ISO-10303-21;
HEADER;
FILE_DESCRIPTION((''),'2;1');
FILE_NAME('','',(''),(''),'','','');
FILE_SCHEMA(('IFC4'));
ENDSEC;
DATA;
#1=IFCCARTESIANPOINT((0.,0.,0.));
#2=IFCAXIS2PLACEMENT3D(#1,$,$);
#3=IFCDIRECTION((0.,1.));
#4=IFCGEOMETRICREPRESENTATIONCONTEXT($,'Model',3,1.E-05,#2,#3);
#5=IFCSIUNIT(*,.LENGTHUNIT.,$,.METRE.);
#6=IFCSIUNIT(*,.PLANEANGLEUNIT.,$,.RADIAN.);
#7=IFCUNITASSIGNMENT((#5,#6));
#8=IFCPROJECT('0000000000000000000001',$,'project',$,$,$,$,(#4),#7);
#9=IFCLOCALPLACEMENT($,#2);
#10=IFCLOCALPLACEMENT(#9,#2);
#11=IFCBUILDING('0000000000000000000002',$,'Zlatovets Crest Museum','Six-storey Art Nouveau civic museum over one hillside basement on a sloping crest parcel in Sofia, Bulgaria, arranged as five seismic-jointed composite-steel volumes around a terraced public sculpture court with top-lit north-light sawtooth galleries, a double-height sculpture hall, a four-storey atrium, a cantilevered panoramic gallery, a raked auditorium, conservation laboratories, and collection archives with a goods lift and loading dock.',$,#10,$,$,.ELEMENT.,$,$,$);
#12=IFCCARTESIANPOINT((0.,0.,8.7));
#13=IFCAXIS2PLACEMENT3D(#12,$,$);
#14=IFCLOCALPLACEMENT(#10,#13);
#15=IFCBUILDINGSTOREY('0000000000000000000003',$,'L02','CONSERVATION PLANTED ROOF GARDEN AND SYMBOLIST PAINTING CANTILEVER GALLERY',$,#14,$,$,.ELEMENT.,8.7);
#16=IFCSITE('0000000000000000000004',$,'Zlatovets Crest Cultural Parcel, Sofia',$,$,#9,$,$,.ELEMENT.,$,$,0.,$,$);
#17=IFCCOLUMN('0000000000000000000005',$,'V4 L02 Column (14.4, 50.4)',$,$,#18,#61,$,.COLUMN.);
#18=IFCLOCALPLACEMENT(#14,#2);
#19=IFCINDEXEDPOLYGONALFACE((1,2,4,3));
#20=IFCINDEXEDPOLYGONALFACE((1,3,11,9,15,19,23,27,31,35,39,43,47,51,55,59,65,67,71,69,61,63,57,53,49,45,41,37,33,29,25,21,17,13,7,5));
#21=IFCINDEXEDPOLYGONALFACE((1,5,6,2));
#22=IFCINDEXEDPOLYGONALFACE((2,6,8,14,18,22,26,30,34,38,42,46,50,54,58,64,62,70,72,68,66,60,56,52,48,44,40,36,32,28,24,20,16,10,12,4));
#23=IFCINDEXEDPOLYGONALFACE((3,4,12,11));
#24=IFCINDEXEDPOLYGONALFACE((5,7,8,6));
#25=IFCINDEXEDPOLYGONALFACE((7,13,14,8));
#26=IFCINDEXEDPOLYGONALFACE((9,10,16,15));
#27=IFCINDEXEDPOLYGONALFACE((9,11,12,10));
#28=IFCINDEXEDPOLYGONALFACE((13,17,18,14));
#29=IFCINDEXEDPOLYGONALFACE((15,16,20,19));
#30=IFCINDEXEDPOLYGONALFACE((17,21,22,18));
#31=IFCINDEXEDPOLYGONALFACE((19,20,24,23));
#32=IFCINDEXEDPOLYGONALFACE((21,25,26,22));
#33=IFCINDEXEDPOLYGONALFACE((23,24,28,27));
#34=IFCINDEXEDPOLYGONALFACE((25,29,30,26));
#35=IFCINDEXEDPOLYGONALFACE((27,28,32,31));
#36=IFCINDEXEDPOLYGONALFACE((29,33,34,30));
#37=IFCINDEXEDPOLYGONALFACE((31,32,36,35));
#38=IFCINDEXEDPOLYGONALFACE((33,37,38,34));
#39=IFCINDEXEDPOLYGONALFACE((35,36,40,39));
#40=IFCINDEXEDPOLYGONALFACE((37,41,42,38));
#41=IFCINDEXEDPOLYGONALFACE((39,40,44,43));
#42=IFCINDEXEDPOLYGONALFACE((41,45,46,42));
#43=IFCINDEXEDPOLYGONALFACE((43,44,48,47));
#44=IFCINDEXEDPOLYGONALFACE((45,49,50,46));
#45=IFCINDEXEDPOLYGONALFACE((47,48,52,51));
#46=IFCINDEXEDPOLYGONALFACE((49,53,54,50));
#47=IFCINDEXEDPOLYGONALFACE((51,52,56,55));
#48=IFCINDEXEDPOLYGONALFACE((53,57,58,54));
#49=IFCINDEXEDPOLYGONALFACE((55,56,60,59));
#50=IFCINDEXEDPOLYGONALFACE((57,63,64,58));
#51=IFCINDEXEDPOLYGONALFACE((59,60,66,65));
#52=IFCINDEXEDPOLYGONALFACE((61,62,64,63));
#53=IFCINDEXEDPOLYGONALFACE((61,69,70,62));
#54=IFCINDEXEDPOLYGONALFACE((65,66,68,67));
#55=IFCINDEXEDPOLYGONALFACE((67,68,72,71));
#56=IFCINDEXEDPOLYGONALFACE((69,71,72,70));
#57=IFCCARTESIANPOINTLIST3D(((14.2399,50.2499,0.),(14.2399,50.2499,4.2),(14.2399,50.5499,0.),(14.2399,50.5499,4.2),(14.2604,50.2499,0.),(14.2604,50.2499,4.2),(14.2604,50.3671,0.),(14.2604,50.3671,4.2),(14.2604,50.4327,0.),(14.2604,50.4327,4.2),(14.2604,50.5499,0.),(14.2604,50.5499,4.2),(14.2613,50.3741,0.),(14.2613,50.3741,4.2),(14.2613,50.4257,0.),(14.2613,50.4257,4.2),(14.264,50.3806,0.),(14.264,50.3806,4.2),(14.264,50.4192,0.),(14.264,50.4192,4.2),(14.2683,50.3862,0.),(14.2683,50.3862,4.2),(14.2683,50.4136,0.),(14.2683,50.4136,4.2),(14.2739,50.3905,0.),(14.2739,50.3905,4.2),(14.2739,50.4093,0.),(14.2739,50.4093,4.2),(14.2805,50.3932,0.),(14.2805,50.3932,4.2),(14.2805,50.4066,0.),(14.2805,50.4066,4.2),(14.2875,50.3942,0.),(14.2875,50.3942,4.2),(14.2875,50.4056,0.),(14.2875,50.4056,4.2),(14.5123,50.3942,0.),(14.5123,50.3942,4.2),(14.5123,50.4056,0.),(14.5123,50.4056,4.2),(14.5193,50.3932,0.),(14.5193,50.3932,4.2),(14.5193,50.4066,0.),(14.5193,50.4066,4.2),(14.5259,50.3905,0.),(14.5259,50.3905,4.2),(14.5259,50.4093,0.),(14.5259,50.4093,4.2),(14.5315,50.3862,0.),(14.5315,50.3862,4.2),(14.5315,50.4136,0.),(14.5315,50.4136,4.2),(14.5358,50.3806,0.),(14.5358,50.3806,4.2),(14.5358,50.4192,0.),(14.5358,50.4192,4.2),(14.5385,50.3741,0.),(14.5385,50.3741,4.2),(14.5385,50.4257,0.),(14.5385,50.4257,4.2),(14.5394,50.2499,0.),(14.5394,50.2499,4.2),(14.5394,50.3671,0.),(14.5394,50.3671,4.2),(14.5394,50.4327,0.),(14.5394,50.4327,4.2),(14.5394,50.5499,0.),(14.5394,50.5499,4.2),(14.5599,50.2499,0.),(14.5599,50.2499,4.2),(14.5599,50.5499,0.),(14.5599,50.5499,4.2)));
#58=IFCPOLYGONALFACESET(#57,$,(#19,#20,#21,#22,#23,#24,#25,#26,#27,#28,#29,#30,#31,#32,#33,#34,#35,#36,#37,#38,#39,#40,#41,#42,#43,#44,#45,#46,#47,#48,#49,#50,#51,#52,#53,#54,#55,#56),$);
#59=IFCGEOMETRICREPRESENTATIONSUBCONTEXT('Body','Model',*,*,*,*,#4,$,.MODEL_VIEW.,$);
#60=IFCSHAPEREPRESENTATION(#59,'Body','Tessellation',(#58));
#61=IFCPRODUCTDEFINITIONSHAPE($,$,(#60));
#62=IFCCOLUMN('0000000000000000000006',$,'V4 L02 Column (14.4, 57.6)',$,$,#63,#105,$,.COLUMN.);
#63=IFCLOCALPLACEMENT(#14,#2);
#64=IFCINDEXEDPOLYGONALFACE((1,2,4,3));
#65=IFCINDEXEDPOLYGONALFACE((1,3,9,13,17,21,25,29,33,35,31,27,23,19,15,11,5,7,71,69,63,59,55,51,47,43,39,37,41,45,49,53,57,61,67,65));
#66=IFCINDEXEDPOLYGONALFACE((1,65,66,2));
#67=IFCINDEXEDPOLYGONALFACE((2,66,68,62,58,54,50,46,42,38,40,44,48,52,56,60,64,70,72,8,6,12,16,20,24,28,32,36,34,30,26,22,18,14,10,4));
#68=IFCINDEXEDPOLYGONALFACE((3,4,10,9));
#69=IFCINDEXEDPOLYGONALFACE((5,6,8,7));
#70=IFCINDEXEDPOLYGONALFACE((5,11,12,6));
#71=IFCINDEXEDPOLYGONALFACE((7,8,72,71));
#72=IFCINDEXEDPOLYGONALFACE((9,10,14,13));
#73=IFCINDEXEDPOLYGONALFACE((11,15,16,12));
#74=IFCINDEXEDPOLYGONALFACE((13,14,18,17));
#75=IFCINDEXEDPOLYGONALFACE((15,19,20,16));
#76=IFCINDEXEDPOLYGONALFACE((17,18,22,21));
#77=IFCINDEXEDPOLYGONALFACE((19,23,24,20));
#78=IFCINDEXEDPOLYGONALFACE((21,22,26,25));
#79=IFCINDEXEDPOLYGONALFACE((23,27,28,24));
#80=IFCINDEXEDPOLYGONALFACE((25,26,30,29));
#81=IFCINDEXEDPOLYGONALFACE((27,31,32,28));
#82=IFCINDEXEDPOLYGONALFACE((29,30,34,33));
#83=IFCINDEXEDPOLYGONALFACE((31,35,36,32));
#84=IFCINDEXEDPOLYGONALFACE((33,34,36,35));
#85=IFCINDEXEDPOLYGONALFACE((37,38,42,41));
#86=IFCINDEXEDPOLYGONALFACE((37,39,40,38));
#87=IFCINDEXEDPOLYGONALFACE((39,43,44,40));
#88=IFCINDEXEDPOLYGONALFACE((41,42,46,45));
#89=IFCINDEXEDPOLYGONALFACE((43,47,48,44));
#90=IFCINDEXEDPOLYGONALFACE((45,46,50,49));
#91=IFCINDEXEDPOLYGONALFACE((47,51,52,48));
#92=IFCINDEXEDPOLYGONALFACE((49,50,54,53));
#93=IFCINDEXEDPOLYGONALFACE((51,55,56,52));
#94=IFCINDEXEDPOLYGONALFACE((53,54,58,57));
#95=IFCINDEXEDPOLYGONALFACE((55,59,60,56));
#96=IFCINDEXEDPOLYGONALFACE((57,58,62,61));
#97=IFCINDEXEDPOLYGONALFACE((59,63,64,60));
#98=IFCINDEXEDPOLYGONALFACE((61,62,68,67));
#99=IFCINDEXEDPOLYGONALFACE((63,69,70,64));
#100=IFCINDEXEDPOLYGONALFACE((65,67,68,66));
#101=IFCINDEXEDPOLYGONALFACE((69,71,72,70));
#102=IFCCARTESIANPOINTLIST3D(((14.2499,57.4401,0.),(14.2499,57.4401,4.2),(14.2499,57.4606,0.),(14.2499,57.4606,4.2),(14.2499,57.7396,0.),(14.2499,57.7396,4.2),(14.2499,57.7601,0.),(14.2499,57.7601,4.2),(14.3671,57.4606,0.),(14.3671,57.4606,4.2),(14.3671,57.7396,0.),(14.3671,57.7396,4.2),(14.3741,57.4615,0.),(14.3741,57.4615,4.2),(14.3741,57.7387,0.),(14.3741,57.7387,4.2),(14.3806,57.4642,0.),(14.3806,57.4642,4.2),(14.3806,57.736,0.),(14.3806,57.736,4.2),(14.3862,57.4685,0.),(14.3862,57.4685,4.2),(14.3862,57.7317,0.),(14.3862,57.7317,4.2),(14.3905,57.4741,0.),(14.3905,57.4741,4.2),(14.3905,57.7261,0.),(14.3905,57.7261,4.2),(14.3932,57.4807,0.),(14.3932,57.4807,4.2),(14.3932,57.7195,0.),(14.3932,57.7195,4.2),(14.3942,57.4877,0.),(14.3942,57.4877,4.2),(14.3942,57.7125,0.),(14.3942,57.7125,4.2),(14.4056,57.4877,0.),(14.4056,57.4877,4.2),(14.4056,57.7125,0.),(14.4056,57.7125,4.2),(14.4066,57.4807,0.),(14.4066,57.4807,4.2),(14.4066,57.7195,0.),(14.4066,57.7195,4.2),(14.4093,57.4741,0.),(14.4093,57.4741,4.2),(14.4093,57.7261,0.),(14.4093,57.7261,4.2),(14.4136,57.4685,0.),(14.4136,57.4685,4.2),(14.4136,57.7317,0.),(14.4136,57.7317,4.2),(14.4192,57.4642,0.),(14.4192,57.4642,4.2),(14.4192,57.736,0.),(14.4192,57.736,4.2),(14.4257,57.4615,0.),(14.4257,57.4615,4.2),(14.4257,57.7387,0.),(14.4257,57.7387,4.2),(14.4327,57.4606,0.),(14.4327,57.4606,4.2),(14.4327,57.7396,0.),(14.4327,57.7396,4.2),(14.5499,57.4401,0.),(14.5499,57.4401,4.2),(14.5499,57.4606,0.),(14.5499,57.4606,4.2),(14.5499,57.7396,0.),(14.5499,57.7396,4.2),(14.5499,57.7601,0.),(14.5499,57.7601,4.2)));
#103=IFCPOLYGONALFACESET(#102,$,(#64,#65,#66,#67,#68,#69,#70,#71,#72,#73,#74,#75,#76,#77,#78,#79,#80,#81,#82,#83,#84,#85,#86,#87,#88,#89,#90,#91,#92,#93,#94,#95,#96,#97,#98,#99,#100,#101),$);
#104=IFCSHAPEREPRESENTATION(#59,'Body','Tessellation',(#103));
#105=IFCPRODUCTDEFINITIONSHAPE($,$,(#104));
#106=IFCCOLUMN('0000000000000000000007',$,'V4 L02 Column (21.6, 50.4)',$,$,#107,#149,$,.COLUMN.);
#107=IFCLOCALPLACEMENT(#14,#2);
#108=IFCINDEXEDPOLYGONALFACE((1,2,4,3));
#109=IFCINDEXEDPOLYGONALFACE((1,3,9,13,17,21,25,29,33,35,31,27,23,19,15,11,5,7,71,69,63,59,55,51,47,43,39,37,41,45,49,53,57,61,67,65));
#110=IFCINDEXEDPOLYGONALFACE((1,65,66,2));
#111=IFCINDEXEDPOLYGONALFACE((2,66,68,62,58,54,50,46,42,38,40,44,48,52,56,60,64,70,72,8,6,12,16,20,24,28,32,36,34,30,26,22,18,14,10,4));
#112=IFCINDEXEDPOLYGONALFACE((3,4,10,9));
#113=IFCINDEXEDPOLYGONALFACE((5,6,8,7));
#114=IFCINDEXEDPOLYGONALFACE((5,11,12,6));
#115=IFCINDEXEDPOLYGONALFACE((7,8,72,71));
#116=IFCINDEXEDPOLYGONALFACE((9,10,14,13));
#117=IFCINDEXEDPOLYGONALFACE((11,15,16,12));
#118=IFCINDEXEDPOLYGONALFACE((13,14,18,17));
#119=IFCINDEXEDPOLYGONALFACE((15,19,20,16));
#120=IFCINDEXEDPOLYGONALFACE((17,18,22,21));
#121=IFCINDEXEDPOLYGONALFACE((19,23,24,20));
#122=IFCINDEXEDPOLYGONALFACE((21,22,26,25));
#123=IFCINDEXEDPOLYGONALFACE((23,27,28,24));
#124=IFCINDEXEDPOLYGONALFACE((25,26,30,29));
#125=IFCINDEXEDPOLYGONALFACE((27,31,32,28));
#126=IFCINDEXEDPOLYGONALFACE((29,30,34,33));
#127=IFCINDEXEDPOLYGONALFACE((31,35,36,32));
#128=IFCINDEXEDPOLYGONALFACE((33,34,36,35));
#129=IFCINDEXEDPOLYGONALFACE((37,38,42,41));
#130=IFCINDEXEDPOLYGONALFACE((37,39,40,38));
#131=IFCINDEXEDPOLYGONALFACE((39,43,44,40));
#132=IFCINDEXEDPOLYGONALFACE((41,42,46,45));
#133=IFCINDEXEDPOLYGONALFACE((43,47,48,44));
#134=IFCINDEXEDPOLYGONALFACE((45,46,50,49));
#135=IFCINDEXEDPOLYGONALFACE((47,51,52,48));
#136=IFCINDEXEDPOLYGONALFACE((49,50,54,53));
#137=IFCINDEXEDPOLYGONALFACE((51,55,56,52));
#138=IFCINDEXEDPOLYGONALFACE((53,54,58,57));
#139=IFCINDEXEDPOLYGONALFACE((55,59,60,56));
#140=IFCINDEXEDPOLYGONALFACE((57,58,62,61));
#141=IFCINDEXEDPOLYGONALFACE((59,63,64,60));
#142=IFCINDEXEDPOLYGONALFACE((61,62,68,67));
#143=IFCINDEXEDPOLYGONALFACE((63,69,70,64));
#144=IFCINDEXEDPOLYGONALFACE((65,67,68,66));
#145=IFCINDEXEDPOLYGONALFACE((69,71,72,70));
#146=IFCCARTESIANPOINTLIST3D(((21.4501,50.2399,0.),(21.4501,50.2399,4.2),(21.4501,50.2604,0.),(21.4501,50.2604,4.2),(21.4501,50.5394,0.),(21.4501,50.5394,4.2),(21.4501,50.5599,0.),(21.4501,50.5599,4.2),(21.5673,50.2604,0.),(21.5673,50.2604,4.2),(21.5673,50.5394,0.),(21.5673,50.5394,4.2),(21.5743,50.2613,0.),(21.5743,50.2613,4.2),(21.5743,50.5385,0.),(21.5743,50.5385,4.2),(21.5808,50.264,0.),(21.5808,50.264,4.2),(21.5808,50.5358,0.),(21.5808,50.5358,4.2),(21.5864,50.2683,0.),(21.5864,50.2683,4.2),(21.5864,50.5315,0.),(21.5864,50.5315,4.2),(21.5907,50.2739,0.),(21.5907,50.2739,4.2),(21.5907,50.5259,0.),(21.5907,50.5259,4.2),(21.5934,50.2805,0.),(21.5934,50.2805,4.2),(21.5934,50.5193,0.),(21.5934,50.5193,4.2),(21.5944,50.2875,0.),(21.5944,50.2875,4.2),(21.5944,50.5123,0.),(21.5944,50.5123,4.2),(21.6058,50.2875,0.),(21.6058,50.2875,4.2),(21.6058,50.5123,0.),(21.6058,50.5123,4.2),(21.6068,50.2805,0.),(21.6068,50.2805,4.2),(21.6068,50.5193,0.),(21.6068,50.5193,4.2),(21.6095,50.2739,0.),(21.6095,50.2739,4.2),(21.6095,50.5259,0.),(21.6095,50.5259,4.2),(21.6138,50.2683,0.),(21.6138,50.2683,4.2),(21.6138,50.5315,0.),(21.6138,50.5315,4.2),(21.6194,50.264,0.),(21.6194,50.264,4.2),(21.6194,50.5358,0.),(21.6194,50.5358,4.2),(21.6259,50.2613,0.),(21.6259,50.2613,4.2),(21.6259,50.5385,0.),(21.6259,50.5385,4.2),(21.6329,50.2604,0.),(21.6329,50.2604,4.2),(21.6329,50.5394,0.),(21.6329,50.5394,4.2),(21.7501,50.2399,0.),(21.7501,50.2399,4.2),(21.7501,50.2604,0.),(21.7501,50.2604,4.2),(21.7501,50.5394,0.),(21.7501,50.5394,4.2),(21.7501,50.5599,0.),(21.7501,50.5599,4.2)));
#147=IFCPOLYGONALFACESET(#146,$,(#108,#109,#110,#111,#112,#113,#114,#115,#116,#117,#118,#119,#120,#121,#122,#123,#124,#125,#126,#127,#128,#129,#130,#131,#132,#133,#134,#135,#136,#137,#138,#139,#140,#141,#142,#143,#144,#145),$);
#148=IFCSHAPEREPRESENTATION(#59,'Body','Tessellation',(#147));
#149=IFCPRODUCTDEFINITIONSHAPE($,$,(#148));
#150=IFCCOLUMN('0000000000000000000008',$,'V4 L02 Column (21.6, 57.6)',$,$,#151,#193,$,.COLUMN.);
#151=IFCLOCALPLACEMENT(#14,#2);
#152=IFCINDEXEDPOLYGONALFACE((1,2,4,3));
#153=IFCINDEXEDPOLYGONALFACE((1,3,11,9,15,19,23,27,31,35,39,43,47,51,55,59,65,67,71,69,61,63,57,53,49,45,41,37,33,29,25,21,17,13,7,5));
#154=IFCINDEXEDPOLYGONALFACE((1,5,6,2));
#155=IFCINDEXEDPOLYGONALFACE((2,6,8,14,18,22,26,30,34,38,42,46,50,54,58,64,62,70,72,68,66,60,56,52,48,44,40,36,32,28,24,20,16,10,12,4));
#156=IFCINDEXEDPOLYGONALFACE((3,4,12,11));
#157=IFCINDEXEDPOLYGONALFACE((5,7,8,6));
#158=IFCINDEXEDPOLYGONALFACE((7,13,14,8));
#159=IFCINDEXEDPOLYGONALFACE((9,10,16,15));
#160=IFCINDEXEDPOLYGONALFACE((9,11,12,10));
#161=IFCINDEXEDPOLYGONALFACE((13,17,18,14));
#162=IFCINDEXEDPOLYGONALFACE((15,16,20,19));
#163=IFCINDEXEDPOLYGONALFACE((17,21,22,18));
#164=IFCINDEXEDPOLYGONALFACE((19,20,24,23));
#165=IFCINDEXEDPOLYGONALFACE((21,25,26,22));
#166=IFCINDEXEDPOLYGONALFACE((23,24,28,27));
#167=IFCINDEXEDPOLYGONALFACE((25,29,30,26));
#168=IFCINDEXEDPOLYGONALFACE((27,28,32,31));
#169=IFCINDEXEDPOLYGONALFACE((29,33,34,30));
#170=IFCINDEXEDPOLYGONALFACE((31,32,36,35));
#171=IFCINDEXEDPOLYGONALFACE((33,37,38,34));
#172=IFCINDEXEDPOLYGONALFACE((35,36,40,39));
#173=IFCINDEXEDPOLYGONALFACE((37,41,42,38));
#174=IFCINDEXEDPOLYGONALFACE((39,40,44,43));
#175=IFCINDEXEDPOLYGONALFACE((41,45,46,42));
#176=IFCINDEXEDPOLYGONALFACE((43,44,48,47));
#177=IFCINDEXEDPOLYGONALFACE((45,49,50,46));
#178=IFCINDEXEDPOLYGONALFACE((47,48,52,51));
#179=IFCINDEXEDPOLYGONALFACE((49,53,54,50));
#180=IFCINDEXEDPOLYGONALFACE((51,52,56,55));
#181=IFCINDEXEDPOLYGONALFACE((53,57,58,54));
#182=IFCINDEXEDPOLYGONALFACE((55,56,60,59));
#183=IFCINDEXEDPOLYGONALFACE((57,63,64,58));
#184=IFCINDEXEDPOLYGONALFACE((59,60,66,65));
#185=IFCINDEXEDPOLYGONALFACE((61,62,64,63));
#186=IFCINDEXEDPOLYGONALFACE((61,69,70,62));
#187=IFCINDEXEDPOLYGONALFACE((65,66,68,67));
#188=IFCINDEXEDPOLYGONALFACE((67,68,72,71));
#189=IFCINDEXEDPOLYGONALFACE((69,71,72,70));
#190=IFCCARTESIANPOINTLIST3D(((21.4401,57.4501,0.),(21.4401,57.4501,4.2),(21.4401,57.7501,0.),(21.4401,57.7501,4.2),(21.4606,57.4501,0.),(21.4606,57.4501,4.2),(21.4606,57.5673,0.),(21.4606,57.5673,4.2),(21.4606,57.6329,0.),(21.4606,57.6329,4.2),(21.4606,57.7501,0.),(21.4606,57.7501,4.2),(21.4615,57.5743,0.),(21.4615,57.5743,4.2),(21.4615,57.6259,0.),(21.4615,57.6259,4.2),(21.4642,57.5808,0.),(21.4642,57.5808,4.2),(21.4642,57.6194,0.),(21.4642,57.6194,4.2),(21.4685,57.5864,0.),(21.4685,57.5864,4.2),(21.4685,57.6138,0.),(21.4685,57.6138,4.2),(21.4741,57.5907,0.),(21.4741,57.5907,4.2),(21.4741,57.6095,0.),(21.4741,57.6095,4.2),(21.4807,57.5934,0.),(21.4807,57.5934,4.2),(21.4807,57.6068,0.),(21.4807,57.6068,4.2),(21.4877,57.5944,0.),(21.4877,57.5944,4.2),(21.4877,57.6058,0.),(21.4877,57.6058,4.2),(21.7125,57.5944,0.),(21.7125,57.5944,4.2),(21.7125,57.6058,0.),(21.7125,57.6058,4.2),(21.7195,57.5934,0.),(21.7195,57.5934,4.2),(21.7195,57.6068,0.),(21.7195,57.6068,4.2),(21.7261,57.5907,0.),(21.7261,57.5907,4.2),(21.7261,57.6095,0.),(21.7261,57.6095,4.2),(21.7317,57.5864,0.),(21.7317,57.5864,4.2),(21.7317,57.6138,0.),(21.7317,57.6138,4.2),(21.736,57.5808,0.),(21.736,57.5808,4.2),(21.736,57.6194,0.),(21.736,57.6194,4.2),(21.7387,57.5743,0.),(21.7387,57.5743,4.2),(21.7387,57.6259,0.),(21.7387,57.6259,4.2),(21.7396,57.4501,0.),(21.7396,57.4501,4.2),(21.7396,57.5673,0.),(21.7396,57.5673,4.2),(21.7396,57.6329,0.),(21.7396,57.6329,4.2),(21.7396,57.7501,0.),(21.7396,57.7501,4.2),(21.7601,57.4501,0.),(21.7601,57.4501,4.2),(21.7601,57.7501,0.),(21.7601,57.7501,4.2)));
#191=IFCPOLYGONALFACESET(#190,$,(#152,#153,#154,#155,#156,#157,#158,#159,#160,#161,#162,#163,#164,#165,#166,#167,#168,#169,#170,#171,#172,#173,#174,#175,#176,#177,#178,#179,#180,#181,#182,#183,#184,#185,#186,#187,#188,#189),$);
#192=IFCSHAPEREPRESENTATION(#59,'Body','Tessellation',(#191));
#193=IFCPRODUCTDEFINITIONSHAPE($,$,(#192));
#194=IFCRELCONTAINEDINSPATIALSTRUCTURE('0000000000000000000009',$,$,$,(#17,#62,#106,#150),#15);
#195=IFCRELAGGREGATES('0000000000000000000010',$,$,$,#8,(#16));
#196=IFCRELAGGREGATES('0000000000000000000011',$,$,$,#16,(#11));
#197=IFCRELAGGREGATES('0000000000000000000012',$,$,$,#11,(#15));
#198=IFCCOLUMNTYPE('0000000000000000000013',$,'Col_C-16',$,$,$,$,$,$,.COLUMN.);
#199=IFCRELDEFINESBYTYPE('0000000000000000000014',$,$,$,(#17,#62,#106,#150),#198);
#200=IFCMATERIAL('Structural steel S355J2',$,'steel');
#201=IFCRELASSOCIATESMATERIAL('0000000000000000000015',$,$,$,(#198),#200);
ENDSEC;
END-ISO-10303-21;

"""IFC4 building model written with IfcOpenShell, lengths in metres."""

from ifc_helpers import new_model, si_unit, direction, frame, origin, origin_2d, place, context, subcontext, project, spatial, i_section, extrude, material, material_profile, profile_set, type_object, element, save


model = new_model("IFC4")

# Units and contexts
model_context = context("Model", 3, precision=1e-05, world=origin(), true_north=direction((0.0, 1.0)))
body_context = subcontext(model_context, "Body", "Model", "MODEL_VIEW")
ifc_project = project(units=[si_unit("LENGTHUNIT", "METRE"), si_unit("PLANEANGLEUNIT", "RADIAN")], contexts=[model_context])

# Site, building, storey
site_placement = place(None, origin())
site = spatial("IfcSite", under=ifc_project, at=site_placement, Name="Zlatovets Crest Cultural Parcel, Sofia", CompositionType="ELEMENT", RefElevation=0.0)
building_placement = place(site_placement, origin())
building = spatial("IfcBuilding", under=site, at=building_placement, Name="Zlatovets Crest Museum", Description="Six-storey Art Nouveau civic museum over one hillside basement on a sloping crest parcel in Sofia, Bulgaria, arranged as five seismic-jointed composite-steel volumes around a terraced public sculpture court with top-lit north-light sawtooth galleries, a double-height sculpture hall, a four-storey atrium, a cantilevered panoramic gallery, a raked auditorium, conservation laboratories, and collection archives with a goods lift and loading dock.", CompositionType="ELEMENT")
storey_placement = place(building_placement, frame((0.0, 0.0, 8.7)))
storey = spatial("IfcBuildingStorey", under=building, at=storey_placement, Name="L02", Description="CONSERVATION PLANTED ROOF GARDEN AND SYMBOLIST PAINTING CANTILEVER GALLERY", CompositionType="ELEMENT", Elevation=8.7)

# Columns
ifc_material_1 = material(Name="Structural steel S355J2", Category="steel")
ifc_material_profile_1 = material_profile(ifc_material_1, i_section(OverallWidth=0.3, OverallDepth=0.3201, WebThickness=0.0115, FlangeThickness=0.0205, FilletRadius=0.0271, at=origin_2d()), Name="HEB 320")
ifc_profile_set_1 = profile_set([ifc_material_profile_1], Name="Structural steel S355J2")
column_type = type_object("IfcColumnType", Name="Col_C-16", PredefinedType="COLUMN", material=ifc_profile_set_1)
for number, where, z_axis, x_axis, name in (
    (1, (14.3999, 50.3999, 0.0), (0.0, 0.0, 1.0), (0.0, 1.0, 0.0), "V4 L02 Column (14.4, 50.4)"),
    (2, (14.3999, 57.6001, 0.0), (0.0, 0.0, 1.0), (1.0, 0.0, 0.0), "V4 L02 Column (14.4, 57.6)"),
    (3, (21.6001, 50.3999, 0.0), (0.0, 0.0, 1.0), (1.0, 0.0, 0.0), "V4 L02 Column (21.6, 50.4)"),
    (4, (21.6001, 57.6001, 0.0), (0.0, 0.0, 1.0), (0.0, 1.0, 0.0), "V4 L02 Column (21.6, 57.6)"),
):
    element("IfcColumn", number, at=place(storey_placement, frame(where, z_axis=z_axis, x_axis=x_axis)), inside=storey, type_object=column_type, Name=name, PredefinedType="COLUMN", context=body_context, shape_type="SweptSolid", body=[
        extrude(i_section(OverallWidth=0.3, OverallDepth=0.3201, WebThickness=0.0115, FlangeThickness=0.0205, FilletRadius=0.0271, at=origin_2d()), origin(), (0.0, 0.0, 1.0), 4.2),
    ])

save(model, "model.ifc")
